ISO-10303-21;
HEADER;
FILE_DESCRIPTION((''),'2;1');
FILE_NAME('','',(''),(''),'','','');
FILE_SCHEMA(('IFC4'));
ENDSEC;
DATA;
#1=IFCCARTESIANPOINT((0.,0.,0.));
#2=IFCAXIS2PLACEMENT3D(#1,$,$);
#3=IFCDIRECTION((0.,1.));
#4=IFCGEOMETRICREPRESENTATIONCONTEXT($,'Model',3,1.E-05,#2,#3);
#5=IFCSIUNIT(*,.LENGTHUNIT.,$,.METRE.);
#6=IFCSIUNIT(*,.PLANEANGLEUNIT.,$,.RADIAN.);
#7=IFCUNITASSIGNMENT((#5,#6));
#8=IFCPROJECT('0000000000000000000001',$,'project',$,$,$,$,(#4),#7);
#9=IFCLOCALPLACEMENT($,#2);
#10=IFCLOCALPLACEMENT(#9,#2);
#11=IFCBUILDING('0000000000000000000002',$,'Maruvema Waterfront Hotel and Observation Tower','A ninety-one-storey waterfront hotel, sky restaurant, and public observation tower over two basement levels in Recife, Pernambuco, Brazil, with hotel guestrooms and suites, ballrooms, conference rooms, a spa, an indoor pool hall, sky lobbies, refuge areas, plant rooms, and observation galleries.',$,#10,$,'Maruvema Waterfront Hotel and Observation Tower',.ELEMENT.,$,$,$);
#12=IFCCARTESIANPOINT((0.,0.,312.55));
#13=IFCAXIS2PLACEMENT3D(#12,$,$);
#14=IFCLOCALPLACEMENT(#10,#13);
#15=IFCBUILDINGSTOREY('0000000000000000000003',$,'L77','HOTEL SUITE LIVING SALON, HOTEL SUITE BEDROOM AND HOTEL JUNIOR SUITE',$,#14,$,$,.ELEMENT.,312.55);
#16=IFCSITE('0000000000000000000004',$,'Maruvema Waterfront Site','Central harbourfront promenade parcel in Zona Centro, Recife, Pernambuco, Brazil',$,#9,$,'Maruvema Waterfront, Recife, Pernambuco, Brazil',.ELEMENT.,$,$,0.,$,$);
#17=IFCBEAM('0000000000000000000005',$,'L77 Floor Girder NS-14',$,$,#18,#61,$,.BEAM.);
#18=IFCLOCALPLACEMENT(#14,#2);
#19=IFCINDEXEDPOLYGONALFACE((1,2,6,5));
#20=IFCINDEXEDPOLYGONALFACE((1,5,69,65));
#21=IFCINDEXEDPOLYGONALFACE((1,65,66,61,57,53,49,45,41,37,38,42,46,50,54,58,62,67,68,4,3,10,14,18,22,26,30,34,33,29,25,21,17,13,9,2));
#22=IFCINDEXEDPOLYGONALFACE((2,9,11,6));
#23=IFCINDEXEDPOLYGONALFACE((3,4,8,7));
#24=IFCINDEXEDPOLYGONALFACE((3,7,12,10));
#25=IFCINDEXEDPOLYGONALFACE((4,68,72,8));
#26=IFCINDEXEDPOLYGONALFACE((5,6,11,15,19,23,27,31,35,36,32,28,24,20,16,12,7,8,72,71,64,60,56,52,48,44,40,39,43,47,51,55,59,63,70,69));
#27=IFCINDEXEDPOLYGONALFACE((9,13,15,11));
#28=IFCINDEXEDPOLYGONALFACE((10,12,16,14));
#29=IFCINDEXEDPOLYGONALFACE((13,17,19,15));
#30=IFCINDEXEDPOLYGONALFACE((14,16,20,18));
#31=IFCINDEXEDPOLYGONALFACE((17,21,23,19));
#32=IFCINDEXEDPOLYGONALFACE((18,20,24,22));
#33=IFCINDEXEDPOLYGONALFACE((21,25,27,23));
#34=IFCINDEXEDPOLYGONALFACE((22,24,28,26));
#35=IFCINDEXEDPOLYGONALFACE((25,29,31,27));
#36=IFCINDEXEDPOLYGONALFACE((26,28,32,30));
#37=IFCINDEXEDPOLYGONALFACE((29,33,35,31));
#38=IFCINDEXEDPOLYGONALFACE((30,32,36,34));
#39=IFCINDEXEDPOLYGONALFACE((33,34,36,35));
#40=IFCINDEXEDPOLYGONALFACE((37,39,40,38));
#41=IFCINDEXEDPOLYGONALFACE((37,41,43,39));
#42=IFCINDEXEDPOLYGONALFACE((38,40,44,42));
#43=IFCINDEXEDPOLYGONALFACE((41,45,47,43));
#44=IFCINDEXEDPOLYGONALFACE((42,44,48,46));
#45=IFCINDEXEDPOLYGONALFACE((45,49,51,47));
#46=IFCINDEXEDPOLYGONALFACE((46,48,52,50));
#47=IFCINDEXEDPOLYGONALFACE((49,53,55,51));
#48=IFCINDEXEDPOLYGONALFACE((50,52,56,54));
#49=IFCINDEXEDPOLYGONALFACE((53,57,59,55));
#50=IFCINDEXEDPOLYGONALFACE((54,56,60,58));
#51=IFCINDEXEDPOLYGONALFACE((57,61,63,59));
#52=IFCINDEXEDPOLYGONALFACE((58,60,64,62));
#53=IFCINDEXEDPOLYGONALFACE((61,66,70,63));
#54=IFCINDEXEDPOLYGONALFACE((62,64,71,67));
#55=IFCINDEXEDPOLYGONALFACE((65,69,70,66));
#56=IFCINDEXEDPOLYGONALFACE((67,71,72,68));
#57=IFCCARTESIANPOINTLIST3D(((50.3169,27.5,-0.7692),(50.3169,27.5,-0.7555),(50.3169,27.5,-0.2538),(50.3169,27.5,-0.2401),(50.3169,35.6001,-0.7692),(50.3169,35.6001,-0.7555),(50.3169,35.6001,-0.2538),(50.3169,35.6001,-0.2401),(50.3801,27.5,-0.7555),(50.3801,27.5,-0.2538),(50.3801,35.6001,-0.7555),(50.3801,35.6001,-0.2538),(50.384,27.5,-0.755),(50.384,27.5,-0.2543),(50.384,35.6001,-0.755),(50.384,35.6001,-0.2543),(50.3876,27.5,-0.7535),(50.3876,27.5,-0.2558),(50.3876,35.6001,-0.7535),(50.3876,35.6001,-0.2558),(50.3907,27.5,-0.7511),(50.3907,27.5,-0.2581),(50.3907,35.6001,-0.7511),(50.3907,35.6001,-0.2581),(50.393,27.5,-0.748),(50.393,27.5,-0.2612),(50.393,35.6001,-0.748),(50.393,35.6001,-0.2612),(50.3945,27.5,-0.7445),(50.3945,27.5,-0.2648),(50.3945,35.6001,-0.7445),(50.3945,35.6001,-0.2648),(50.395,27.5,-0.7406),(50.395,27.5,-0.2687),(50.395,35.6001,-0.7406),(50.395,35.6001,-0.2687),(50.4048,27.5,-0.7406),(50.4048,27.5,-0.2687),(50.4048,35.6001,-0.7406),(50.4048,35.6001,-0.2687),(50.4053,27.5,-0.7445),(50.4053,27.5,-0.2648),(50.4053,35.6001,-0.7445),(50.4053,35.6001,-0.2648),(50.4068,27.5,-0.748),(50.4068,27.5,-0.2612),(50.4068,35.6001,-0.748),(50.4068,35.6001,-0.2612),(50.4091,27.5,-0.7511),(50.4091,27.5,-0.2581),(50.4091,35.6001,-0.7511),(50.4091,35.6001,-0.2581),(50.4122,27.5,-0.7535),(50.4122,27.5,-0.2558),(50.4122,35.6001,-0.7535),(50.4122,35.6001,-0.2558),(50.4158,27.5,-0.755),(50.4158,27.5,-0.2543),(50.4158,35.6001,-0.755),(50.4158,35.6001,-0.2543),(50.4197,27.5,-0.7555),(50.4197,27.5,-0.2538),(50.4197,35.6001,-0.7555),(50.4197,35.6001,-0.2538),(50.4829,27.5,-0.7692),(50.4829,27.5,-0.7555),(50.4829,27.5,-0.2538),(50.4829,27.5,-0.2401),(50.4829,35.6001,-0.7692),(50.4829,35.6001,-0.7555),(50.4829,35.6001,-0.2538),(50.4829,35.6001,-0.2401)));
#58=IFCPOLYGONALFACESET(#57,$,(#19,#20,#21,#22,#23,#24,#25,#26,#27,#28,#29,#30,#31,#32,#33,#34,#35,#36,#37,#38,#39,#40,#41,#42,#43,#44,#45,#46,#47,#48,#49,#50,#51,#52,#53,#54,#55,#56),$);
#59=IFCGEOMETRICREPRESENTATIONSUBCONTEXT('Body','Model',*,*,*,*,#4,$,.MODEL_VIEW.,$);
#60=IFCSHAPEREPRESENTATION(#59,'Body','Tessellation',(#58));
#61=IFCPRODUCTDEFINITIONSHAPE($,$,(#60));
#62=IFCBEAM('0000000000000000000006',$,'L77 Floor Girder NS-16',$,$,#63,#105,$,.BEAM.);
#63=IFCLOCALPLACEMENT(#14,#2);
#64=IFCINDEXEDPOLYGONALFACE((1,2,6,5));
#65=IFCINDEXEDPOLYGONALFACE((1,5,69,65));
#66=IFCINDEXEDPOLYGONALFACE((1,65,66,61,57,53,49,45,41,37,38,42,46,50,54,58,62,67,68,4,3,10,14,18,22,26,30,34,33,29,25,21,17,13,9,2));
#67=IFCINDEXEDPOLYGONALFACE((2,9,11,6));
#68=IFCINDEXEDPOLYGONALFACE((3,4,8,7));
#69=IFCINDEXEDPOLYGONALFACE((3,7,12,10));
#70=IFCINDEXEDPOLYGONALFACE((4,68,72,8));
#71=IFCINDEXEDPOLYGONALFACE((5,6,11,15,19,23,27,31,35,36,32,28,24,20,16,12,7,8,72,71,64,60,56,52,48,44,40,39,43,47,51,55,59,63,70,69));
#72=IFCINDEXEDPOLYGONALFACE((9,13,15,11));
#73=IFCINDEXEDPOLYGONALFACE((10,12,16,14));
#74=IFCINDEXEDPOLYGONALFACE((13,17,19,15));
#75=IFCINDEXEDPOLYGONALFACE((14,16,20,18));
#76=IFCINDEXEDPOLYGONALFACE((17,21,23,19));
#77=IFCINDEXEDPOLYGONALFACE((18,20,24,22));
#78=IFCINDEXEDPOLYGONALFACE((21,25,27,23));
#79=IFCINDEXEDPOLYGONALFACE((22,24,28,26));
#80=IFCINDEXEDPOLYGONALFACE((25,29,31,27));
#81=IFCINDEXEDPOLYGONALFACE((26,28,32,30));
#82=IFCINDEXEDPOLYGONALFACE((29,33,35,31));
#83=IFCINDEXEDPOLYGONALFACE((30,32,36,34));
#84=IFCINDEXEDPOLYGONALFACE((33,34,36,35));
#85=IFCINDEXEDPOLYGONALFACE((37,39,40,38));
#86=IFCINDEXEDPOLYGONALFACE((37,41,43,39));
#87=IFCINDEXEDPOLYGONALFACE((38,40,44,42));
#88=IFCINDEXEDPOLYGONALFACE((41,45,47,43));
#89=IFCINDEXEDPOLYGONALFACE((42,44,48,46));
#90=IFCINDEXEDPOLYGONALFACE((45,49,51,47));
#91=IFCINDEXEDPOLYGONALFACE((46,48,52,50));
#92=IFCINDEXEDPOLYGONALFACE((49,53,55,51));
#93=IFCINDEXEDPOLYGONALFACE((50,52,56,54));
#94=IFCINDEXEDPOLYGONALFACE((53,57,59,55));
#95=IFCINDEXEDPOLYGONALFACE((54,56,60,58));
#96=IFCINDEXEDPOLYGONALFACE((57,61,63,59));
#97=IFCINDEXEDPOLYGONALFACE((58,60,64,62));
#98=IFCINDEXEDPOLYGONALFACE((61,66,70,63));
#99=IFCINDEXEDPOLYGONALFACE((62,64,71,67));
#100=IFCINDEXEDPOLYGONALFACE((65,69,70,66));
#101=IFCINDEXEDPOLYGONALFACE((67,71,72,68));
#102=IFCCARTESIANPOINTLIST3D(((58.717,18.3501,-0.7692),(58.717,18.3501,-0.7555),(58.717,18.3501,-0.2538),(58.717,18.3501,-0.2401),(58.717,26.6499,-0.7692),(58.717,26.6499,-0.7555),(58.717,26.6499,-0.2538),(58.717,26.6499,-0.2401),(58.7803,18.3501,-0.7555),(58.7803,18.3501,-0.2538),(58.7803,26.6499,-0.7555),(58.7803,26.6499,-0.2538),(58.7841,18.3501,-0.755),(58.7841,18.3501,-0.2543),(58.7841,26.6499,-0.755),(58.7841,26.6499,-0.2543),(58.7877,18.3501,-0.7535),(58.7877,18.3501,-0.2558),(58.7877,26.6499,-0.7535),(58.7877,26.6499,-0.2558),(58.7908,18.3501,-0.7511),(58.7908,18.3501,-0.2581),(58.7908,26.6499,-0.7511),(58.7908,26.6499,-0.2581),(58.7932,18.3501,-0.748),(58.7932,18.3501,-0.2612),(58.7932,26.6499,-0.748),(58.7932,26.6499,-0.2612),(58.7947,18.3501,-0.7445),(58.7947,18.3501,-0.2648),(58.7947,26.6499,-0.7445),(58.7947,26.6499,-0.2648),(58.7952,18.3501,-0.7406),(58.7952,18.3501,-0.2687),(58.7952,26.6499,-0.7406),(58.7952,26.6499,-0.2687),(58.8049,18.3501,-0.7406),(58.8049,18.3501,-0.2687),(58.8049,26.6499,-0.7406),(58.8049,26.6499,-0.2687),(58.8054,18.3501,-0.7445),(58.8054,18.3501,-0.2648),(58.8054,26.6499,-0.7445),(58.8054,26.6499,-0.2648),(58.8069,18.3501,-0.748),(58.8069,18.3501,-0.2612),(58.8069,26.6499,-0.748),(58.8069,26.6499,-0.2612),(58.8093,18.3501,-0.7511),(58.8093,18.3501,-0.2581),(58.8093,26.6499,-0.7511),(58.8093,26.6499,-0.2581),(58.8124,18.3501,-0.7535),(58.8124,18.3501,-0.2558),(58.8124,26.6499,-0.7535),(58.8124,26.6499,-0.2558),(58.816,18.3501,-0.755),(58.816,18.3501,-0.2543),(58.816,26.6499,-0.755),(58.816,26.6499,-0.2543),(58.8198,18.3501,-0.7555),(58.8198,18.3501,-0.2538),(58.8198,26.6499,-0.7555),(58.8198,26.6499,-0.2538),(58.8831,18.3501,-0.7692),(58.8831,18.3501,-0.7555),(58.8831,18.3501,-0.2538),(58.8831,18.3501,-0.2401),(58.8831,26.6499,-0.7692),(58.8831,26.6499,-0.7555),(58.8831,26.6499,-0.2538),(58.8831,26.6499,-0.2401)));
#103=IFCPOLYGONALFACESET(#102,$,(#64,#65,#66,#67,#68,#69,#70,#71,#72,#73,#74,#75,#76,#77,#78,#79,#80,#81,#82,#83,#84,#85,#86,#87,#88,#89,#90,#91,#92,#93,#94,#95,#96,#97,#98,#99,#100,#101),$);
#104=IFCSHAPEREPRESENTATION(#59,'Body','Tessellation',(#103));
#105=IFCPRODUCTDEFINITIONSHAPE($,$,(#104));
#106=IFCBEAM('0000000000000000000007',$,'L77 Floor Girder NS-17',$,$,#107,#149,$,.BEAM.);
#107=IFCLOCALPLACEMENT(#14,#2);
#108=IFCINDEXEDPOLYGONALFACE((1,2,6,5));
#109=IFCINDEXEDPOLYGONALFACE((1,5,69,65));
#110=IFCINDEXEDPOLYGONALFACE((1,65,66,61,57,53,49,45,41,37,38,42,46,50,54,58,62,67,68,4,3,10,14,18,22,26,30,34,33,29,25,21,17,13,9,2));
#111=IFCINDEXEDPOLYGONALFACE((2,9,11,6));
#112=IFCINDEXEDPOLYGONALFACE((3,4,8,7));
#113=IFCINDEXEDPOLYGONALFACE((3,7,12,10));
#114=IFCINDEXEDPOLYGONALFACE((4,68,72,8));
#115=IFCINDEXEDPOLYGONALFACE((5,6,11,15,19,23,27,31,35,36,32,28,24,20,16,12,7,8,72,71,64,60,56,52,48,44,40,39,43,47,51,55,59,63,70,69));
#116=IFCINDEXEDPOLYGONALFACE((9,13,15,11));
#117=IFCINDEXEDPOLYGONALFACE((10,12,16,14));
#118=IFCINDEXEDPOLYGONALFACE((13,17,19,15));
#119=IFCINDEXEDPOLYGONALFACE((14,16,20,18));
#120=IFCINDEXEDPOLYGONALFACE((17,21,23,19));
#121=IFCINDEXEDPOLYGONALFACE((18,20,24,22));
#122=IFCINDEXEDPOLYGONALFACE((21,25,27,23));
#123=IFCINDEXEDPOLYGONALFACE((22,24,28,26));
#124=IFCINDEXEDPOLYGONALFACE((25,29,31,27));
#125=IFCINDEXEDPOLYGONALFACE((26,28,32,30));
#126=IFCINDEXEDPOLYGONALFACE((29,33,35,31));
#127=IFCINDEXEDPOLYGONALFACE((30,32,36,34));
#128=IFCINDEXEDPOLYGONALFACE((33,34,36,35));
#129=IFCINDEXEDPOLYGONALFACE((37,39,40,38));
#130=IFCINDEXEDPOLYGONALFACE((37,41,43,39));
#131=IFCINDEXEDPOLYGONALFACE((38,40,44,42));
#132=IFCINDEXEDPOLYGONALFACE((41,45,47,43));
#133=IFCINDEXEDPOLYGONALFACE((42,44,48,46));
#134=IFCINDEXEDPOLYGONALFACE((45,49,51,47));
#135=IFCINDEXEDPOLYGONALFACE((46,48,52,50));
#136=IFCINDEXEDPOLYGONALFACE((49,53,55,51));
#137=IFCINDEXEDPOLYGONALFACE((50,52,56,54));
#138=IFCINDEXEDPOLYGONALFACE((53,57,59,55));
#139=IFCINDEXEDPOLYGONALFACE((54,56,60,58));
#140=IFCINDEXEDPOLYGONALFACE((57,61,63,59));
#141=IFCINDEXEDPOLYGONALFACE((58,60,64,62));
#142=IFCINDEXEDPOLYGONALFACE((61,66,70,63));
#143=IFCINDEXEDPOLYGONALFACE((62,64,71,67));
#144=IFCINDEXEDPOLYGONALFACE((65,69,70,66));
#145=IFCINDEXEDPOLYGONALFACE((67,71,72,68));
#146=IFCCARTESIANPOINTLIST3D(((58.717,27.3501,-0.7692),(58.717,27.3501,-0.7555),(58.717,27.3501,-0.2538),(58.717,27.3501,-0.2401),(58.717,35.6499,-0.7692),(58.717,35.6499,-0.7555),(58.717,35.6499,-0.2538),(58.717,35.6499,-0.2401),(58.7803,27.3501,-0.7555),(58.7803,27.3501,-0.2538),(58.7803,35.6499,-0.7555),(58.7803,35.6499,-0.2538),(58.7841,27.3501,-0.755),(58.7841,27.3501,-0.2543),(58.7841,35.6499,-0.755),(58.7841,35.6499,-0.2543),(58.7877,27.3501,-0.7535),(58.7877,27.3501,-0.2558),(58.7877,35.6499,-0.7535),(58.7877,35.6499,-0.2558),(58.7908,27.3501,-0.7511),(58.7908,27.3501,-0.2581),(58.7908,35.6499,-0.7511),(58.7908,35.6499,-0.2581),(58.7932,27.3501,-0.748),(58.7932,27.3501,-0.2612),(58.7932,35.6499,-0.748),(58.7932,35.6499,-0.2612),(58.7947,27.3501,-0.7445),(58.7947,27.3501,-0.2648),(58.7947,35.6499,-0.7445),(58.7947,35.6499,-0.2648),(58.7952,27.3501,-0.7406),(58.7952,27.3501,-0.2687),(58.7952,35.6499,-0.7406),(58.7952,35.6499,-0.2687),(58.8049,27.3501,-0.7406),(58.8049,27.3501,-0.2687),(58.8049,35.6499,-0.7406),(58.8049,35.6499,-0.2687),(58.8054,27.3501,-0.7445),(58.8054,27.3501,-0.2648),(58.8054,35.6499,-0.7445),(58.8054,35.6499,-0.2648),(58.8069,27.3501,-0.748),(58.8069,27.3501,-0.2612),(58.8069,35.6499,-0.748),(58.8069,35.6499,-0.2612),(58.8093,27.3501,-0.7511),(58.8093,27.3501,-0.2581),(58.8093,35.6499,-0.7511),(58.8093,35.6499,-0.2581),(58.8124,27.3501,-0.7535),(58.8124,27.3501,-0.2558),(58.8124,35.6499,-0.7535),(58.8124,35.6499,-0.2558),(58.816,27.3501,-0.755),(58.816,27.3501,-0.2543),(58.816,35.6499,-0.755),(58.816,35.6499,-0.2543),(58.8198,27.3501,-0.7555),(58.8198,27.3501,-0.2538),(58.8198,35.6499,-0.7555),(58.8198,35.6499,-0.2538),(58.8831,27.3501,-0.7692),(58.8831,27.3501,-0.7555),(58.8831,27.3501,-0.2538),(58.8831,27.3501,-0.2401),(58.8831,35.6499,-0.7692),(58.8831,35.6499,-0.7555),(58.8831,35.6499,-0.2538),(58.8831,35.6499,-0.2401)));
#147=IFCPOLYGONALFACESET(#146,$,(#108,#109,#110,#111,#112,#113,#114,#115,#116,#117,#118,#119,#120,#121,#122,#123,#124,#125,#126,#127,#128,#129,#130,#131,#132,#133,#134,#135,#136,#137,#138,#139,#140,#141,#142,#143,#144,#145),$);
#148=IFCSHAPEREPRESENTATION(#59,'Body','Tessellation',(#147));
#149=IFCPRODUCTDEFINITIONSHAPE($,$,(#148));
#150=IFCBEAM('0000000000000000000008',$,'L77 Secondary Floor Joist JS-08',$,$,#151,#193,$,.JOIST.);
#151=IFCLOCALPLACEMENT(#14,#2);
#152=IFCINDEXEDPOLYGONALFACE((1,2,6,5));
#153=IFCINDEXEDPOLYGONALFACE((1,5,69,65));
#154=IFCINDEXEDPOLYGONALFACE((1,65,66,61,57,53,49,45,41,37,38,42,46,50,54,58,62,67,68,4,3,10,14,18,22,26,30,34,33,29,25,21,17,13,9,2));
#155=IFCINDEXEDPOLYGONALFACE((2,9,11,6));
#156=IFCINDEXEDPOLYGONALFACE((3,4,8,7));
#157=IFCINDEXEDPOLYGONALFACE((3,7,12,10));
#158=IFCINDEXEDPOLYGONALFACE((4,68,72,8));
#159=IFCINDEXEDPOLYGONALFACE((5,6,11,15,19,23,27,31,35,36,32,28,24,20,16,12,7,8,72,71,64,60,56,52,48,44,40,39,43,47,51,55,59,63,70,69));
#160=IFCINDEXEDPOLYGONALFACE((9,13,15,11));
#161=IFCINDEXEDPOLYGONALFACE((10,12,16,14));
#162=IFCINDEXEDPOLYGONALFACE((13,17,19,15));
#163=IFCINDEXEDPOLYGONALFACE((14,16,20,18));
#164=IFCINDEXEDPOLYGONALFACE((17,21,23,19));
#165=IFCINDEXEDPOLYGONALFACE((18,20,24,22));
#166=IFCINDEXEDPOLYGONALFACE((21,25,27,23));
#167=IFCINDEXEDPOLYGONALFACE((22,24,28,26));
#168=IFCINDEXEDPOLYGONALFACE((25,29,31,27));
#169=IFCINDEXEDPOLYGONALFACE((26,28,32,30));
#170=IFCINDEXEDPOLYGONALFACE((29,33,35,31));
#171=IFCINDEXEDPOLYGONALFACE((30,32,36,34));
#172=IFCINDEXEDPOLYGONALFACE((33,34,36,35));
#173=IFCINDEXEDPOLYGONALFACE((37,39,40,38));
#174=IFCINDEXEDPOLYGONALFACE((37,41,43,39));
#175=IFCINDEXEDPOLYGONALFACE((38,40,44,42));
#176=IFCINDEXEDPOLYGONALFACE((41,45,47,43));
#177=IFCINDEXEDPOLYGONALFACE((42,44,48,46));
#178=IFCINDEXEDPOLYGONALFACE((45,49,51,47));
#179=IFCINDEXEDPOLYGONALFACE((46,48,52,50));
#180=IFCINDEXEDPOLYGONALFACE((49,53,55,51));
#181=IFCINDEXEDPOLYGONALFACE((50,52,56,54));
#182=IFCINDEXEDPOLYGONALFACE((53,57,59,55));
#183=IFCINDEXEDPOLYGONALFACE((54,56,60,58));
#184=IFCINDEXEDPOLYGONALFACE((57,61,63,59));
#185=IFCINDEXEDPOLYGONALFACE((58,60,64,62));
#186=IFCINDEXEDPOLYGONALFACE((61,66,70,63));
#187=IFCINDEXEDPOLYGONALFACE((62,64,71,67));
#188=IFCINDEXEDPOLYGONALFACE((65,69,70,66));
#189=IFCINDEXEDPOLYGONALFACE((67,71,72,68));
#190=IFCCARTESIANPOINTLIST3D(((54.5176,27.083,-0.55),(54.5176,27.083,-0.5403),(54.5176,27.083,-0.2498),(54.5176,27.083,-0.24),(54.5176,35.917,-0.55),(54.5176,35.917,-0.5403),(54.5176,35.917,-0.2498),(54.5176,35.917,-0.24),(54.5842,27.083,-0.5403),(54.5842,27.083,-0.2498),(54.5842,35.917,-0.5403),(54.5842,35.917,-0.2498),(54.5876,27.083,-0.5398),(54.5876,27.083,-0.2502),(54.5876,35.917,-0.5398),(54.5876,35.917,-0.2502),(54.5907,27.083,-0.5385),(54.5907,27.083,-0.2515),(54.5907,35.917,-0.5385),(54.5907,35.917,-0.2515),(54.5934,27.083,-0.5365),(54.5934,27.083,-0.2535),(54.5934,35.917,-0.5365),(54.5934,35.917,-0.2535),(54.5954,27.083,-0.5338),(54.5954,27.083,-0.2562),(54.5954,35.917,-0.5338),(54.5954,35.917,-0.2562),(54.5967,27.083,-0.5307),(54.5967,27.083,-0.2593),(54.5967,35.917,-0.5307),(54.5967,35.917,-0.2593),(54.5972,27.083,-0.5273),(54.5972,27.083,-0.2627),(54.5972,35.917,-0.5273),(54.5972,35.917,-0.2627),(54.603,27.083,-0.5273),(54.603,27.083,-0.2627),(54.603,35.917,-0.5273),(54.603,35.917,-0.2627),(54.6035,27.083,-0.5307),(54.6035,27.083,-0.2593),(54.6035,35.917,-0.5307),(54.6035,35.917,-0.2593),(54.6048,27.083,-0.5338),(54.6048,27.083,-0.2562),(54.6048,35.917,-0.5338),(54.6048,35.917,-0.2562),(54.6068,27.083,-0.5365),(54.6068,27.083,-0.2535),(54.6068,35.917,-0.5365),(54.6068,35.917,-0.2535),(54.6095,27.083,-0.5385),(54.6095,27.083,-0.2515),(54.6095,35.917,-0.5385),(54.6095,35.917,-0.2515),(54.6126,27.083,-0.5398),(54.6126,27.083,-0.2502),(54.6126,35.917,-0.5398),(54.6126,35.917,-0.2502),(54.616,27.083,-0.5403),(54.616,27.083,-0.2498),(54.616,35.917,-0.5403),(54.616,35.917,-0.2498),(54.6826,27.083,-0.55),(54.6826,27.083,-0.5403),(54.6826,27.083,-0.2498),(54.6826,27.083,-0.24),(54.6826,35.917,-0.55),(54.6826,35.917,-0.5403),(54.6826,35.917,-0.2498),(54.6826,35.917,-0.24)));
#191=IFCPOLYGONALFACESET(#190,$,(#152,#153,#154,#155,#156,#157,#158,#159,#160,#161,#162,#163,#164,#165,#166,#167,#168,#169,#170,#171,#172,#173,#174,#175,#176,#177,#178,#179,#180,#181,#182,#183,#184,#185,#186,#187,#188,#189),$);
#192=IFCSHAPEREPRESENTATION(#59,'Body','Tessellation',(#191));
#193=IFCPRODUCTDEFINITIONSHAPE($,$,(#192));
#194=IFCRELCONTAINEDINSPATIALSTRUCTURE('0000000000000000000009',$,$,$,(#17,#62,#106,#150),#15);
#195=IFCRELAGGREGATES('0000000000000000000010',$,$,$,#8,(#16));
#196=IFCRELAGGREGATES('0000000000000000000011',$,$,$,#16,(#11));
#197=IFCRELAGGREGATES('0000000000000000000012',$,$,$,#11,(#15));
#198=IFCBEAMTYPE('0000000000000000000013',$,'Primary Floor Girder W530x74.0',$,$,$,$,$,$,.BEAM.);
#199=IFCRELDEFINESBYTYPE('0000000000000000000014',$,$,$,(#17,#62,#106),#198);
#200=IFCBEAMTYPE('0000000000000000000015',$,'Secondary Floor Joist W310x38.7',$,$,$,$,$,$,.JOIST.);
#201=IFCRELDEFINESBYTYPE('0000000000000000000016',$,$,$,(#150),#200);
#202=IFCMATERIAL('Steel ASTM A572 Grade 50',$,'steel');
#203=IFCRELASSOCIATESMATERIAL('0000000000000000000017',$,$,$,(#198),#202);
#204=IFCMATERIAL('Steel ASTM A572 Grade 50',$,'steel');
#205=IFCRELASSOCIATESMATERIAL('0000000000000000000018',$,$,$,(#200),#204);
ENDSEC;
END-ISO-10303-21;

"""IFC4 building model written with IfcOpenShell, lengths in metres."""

from ifc_helpers import new_model, si_unit, direction, frame, origin, origin_2d, place, context, subcontext, project, spatial, i_section, extrude, material, material_profile, profile_set, type_object, element, save


model = new_model("IFC4")

# Units and contexts
model_context = context("Model", 3, precision=1e-05, world=origin(), true_north=direction((0.0, 1.0)))
body_context = subcontext(model_context, "Body", "Model", "MODEL_VIEW")
ifc_project = project(units=[si_unit("LENGTHUNIT", "METRE"), si_unit("PLANEANGLEUNIT", "RADIAN")], contexts=[model_context])

# Site, building, storey
site_placement = place(None, origin())
site = spatial("IfcSite", under=ifc_project, at=site_placement, Name="Maruvema Waterfront Site", Description="Central harbourfront promenade parcel in Zona Centro, Recife, Pernambuco, Brazil", LongName="Maruvema Waterfront, Recife, Pernambuco, Brazil", CompositionType="ELEMENT", RefElevation=0.0)
building_placement = place(site_placement, origin())
building = spatial("IfcBuilding", under=site, at=building_placement, Name="Maruvema Waterfront Hotel and Observation Tower", Description="A ninety-one-storey waterfront hotel, sky restaurant, and public observation tower over two basement levels in Recife, Pernambuco, Brazil, with hotel guestrooms and suites, ballrooms, conference rooms, a spa, an indoor pool hall, sky lobbies, refuge areas, plant rooms, and observation galleries.", LongName="Maruvema Waterfront Hotel and Observation Tower", CompositionType="ELEMENT")
storey_placement = place(building_placement, frame((0.0, 0.0, 312.55)))
storey = spatial("IfcBuildingStorey", under=building, at=storey_placement, Name="L77", Description="HOTEL SUITE LIVING SALON, HOTEL SUITE BEDROOM AND HOTEL JUNIOR SUITE", CompositionType="ELEMENT", Elevation=312.55)

# Beams
ifc_material_1 = material(Name="Steel ASTM A572 Grade 50", Category="steel")
ifc_material_profile_1 = material_profile(ifc_material_1, i_section(OverallWidth=0.166, OverallDepth=0.5291, WebThickness=0.0098, FlangeThickness=0.0137, FilletRadius=0.0149, at=origin_2d()), Name="W530x74.0")
ifc_profile_set_1 = profile_set([ifc_material_profile_1], Name="Steel ASTM A572 Grade 50")
beam_type_1 = type_object("IfcBeamType", Name="Primary Floor Girder W530x74.0", PredefinedType="BEAM", material=ifc_profile_set_1)
beam_1_placement = place(storey_placement, frame((50.3999, 27.5, -0.5046), z_axis=(0.0, 1.0, 0.0), x_axis=(-1.0, 0.0, 0.0)))
element("IfcBeam", 1, at=beam_1_placement, inside=storey, type_object=beam_type_1, Name="L77 Floor Girder NS-14", PredefinedType="BEAM", context=body_context, shape_type="SweptSolid", body=[
    extrude(i_section(OverallWidth=0.166, OverallDepth=0.5291, WebThickness=0.0098, FlangeThickness=0.0137, FilletRadius=0.0149, at=origin_2d()), origin(), (0.0, 0.0, 1.0), 8.1001),
])
for number, where, z_axis, x_axis, name in (
    (2, (58.8, 18.3501, -0.5046), (0.0, 1.0, 0.0), (-1.0, 0.0, 0.0), "L77 Floor Girder NS-16"),
    (3, (58.8, 27.3501, -0.5046), (0.0, 1.0, 0.0), (-1.0, 0.0, 0.0), "L77 Floor Girder NS-17"),
):
    element("IfcBeam", number, at=place(storey_placement, frame(where, z_axis=z_axis, x_axis=x_axis)), inside=storey, type_object=beam_type_1, Name=name, PredefinedType="BEAM", context=body_context, shape_type="SweptSolid", body=[
        extrude(i_section(OverallWidth=0.166, OverallDepth=0.5291, WebThickness=0.0098, FlangeThickness=0.0137, FilletRadius=0.0149, at=origin_2d()), origin(), (0.0, 0.0, 1.0), 8.2998),
    ])
ifc_material_2 = material(Name="Steel ASTM A572 Grade 50", Category="steel")
ifc_material_profile_2 = material_profile(ifc_material_2, i_section(OverallWidth=0.165, OverallDepth=0.3101, WebThickness=0.0059, FlangeThickness=0.0098, FilletRadius=0.0129, at=origin_2d()), Name="W310x38.7")
ifc_profile_set_2 = profile_set([ifc_material_profile_2], Name="Steel ASTM A572 Grade 50")
beam_type_2 = type_object("IfcBeamType", Name="Secondary Floor Joist W310x38.7", PredefinedType="JOIST", material=ifc_profile_set_2)
beam_2_placement = place(storey_placement, frame((54.6001, 27.083, -0.395), z_axis=(0.0, 1.0, 0.0), x_axis=(-1.0, 0.0, 0.0)))
element("IfcBeam", 4, at=beam_2_placement, inside=storey, type_object=beam_type_2, Name="L77 Secondary Floor Joist JS-08", PredefinedType="JOIST", context=body_context, shape_type="SweptSolid", body=[
    extrude(i_section(OverallWidth=0.165, OverallDepth=0.3101, WebThickness=0.0059, FlangeThickness=0.0098, FilletRadius=0.0129, at=origin_2d()), origin(), (0.0, 0.0, 1.0), 8.834),
])

save(model, "model.ifc")
